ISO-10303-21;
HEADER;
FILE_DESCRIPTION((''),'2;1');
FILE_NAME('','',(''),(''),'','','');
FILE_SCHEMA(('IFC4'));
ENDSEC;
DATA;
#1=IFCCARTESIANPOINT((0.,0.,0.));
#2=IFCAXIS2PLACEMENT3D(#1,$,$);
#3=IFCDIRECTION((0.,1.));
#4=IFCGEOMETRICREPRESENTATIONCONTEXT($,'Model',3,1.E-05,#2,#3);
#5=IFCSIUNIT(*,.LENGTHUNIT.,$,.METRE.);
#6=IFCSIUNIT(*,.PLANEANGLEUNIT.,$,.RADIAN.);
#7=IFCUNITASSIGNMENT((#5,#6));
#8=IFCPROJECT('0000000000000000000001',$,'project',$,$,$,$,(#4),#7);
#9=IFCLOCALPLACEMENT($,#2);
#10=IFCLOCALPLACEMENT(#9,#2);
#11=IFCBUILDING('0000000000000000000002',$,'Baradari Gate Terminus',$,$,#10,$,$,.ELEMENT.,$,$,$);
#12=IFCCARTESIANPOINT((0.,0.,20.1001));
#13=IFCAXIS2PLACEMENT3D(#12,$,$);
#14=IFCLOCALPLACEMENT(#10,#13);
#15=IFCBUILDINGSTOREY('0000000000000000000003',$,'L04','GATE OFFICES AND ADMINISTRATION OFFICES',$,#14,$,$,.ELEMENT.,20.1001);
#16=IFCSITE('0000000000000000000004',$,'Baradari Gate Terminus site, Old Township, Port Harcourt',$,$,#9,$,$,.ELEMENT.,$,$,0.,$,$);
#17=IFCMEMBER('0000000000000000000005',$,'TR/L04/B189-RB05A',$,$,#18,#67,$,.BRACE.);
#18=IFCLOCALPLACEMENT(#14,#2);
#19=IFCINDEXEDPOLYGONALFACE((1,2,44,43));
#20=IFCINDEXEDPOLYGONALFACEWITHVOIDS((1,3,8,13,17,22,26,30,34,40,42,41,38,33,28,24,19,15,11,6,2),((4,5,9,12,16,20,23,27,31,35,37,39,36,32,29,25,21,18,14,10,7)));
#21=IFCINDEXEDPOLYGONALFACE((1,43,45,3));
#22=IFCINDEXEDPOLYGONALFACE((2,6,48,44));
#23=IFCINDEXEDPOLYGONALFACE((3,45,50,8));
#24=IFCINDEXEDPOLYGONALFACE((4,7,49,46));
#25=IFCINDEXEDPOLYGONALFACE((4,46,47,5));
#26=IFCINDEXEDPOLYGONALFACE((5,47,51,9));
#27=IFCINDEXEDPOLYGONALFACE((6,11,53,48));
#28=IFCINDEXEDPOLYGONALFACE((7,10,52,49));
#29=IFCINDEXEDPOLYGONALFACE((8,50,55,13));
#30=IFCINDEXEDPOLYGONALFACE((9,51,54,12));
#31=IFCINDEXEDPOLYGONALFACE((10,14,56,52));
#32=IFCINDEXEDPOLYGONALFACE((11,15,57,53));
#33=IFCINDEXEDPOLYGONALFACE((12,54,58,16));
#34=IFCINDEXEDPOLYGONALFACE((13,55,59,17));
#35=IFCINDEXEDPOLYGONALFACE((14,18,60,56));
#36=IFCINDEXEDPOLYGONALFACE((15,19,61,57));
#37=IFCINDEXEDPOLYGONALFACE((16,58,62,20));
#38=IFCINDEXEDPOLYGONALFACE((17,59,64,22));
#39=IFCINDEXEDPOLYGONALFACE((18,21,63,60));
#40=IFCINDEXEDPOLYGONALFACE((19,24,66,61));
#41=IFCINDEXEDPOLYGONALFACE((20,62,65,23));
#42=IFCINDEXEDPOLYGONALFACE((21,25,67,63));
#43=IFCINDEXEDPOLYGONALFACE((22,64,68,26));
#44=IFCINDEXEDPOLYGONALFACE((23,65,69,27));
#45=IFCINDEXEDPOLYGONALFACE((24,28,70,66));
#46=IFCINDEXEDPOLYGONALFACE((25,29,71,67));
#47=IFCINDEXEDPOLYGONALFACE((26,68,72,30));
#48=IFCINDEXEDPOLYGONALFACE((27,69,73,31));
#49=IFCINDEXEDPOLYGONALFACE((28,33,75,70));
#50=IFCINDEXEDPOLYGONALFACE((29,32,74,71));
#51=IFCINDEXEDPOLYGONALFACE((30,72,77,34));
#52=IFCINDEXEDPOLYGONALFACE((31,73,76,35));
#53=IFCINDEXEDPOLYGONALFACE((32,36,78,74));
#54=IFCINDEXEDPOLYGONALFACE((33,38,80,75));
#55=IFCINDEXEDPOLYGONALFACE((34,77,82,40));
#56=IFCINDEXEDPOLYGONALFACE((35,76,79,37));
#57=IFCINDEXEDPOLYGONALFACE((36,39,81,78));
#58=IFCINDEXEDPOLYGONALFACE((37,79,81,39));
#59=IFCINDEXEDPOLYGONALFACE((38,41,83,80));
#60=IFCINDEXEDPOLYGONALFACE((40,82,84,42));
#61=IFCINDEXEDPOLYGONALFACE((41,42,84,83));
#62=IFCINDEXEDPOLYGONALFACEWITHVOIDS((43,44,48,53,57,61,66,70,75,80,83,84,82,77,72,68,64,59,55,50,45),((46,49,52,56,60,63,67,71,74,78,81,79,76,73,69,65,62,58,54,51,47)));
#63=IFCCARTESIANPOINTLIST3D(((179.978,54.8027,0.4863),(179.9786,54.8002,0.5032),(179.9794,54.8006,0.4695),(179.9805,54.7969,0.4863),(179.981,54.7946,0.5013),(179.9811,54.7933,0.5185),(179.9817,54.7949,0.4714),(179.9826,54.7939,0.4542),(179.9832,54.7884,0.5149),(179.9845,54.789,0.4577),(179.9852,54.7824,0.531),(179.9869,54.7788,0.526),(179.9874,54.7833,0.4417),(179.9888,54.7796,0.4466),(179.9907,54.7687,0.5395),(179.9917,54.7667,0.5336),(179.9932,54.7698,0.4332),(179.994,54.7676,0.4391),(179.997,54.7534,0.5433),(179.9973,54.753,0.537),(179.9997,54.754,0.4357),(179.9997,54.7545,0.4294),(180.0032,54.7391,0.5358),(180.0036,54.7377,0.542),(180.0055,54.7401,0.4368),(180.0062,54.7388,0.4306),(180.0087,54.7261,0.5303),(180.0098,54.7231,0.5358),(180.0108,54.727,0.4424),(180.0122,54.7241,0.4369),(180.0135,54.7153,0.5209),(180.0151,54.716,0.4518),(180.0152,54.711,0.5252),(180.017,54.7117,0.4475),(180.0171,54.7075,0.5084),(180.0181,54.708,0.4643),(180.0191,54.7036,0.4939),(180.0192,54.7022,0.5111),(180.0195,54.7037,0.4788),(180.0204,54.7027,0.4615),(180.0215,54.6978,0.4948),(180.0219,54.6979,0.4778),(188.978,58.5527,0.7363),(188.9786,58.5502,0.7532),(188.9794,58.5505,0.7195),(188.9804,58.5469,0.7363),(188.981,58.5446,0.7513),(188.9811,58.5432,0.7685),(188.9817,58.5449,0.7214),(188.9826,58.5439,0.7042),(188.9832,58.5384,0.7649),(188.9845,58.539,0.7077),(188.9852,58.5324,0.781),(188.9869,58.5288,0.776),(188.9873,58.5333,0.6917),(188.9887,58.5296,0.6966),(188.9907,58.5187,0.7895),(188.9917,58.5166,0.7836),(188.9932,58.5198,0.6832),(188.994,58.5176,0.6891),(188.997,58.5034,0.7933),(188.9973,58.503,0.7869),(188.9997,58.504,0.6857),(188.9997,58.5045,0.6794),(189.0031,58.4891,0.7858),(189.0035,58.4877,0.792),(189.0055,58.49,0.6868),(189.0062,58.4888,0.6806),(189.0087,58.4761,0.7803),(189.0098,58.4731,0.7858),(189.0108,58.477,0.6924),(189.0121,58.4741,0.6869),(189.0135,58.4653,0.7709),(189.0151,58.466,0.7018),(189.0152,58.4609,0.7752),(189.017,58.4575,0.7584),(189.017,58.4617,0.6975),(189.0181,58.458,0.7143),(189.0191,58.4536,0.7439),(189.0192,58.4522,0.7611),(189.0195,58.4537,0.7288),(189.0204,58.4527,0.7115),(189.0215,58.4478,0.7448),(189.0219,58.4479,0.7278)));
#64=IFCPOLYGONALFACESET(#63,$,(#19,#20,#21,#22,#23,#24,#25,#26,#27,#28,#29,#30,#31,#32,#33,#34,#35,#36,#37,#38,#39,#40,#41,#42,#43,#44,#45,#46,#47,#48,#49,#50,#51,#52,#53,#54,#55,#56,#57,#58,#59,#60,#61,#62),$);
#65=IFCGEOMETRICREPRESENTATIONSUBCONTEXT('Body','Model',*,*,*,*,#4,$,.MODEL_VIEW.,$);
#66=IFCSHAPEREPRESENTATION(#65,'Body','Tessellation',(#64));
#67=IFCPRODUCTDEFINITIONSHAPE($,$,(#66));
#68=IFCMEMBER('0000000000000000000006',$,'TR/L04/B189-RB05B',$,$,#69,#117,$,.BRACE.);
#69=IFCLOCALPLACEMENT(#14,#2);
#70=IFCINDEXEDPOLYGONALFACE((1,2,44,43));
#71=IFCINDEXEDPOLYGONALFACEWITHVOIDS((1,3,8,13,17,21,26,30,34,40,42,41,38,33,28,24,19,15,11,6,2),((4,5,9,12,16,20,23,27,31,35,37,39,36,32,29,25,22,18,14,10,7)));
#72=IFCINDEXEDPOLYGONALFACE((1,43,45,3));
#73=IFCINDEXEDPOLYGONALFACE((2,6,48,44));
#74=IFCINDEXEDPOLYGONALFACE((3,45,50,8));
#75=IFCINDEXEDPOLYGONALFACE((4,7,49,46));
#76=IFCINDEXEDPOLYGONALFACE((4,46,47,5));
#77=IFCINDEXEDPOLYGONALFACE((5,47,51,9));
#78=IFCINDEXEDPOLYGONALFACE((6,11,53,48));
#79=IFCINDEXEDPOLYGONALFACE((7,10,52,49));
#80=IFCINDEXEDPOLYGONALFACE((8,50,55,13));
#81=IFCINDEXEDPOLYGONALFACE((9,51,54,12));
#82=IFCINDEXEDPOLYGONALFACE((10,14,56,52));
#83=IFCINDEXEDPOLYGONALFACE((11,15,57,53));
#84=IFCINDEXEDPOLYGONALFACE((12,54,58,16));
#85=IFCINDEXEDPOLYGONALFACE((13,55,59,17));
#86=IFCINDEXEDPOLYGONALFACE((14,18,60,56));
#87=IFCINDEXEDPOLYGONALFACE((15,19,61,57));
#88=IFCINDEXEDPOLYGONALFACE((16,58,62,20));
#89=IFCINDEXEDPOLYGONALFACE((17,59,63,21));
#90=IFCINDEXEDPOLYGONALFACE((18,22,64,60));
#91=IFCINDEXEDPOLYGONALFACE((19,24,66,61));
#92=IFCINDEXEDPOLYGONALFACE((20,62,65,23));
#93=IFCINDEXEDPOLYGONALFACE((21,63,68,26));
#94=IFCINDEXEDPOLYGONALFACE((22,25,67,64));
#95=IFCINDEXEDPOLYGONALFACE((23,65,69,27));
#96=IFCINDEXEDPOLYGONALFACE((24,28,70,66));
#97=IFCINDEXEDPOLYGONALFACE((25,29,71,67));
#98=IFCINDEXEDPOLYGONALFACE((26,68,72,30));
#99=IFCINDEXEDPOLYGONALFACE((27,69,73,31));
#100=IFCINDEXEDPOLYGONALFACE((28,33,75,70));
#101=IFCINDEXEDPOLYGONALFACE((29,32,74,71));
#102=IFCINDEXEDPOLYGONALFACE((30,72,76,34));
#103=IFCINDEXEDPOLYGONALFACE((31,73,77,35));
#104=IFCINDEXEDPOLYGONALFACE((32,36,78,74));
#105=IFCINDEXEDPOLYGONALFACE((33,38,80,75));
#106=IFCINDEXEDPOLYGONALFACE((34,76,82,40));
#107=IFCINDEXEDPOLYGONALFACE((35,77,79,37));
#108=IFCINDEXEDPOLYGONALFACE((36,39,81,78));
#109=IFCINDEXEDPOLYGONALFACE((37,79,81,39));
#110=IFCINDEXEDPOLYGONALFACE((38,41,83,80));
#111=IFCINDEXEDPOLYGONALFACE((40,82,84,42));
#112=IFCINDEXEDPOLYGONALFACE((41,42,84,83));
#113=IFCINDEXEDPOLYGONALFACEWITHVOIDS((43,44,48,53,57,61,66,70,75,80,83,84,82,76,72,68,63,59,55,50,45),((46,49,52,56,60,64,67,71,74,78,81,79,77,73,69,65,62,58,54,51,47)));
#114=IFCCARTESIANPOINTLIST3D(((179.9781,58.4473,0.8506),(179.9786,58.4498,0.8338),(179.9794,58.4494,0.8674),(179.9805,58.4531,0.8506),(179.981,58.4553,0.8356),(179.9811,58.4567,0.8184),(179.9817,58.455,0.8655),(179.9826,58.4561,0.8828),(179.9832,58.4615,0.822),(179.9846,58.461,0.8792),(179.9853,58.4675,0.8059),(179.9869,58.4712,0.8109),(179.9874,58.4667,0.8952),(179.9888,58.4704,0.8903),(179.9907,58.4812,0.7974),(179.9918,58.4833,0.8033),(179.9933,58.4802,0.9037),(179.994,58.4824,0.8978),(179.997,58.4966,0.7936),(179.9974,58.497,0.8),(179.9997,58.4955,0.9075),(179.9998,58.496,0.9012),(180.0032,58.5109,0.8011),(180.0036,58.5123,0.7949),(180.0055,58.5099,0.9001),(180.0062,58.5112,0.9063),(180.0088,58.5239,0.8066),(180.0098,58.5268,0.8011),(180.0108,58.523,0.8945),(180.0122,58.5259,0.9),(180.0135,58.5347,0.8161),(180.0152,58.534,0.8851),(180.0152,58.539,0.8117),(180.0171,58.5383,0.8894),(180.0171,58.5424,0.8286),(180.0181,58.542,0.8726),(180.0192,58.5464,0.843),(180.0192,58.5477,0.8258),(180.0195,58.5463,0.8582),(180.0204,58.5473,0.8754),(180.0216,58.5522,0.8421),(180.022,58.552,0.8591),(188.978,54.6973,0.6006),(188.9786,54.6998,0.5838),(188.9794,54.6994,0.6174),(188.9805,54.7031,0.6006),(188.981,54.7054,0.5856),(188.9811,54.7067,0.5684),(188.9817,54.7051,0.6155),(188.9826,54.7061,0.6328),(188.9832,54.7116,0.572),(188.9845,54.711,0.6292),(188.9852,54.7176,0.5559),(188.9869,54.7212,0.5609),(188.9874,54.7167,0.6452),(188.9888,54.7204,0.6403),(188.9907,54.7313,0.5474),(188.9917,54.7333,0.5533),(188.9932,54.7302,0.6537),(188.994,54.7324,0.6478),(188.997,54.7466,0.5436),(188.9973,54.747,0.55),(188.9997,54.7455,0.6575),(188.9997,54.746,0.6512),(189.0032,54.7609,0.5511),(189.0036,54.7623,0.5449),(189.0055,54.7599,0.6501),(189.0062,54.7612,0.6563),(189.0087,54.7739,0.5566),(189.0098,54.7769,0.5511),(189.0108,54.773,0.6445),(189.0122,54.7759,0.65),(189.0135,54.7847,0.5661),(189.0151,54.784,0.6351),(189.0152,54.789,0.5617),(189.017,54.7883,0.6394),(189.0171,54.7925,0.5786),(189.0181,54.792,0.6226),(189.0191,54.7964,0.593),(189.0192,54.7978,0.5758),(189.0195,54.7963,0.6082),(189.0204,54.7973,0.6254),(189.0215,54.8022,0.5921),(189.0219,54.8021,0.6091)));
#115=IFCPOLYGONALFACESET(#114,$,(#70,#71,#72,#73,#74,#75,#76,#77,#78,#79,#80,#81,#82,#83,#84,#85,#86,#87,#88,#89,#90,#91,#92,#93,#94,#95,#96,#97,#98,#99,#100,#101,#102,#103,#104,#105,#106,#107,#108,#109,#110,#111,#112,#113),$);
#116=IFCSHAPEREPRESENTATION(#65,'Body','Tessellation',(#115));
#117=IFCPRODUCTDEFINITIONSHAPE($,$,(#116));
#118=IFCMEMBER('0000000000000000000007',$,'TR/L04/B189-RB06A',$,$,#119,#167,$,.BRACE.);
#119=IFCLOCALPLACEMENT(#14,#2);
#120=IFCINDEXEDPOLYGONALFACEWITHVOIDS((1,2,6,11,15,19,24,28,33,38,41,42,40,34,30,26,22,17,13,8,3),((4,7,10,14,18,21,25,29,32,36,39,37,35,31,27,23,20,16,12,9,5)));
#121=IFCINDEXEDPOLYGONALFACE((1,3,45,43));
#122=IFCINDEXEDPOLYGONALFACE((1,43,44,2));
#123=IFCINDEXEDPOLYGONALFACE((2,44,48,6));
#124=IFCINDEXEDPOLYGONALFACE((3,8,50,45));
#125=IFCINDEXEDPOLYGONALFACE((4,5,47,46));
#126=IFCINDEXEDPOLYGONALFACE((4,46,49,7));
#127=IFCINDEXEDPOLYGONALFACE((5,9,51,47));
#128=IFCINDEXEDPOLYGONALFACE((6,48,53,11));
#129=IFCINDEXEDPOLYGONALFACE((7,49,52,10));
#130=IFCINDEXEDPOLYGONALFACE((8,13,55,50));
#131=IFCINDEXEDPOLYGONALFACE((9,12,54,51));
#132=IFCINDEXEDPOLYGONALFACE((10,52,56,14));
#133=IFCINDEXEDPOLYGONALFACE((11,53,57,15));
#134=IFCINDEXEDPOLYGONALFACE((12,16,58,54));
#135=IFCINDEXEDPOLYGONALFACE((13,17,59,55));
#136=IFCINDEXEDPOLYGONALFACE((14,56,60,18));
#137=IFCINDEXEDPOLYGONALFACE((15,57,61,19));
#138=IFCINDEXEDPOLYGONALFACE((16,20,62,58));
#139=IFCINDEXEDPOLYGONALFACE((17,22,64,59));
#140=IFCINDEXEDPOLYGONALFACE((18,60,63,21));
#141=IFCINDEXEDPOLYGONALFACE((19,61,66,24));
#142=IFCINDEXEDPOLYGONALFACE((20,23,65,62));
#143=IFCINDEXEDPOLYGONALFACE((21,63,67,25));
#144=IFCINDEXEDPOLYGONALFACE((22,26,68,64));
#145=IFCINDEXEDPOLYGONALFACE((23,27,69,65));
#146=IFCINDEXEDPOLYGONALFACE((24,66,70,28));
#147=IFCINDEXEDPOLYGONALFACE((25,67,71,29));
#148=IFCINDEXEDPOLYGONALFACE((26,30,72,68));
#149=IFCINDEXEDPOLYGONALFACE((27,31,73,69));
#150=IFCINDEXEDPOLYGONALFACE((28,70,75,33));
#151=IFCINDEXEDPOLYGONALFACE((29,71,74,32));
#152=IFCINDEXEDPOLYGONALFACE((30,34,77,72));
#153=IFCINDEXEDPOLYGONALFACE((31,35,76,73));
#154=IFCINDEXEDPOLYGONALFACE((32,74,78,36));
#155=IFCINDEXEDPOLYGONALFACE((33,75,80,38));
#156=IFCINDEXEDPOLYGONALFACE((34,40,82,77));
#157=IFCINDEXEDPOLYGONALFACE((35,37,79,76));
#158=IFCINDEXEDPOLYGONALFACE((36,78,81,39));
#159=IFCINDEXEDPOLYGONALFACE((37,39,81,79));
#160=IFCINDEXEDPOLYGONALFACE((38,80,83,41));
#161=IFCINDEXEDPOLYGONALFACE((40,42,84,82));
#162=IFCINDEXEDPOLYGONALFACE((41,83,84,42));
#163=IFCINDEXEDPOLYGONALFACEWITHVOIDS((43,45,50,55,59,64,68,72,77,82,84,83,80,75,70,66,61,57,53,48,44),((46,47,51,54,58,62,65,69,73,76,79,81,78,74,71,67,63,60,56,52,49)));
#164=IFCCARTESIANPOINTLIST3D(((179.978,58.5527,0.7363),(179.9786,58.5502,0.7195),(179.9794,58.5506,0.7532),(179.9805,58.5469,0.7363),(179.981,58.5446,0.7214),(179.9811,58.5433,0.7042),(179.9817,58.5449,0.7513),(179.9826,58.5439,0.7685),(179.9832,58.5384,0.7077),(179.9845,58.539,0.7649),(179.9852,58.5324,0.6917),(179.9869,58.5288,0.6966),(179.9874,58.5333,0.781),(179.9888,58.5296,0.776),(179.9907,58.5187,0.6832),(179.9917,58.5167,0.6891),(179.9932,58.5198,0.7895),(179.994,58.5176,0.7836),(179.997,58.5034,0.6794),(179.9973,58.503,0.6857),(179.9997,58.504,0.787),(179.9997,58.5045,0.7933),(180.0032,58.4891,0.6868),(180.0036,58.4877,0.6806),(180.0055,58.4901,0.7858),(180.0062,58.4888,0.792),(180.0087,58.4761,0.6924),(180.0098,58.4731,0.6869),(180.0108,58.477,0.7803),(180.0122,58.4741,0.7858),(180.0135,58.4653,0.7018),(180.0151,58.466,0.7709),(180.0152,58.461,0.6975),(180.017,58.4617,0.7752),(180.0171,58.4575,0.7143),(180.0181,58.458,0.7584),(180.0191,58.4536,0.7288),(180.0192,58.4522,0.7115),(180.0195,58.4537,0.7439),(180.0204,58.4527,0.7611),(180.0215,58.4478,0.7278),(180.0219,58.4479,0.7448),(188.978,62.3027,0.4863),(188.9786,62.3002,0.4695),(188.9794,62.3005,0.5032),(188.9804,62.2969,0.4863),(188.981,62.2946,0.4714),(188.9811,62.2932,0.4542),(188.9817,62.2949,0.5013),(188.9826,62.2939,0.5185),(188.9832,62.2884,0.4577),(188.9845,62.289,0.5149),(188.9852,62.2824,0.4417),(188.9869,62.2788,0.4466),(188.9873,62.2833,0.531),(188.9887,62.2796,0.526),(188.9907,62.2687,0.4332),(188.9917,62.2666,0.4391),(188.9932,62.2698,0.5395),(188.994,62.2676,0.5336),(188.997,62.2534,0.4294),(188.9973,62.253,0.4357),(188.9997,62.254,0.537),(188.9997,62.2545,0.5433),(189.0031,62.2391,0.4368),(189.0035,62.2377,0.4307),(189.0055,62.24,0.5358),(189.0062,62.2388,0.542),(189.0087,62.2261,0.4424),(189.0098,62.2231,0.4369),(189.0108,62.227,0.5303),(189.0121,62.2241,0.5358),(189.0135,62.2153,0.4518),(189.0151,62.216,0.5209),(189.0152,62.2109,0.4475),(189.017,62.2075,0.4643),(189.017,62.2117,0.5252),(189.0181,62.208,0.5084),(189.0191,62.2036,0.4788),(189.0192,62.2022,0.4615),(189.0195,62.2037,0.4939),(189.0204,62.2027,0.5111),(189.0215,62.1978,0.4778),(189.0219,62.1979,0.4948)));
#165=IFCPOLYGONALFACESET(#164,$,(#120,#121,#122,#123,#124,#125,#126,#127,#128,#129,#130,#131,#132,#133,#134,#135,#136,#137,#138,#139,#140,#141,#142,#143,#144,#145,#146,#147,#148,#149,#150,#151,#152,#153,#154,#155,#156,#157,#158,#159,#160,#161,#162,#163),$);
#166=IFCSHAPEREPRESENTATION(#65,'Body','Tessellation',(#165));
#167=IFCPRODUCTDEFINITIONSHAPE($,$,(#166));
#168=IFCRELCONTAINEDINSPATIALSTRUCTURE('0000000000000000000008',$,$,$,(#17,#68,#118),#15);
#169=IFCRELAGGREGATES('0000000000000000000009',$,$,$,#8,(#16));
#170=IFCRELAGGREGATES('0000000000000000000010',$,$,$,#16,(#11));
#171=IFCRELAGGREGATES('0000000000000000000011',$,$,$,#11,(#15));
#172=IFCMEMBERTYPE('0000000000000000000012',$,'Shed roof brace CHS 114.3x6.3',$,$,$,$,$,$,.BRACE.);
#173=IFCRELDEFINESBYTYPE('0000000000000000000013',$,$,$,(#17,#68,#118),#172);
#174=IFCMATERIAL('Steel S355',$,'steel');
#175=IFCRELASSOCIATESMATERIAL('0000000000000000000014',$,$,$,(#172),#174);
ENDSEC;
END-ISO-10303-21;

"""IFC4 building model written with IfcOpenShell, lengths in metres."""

from ifc_helpers import new_model, si_unit, direction, frame, origin, origin_2d, place, context, subcontext, project, spatial, hollow_circle, extrude, material, material_profile, profile_set, type_object, element, save


model = new_model("IFC4")

# Units and contexts
model_context = context("Model", 3, precision=1e-05, world=origin(), true_north=direction((0.0, 1.0)))
body_context = subcontext(model_context, "Body", "Model", "MODEL_VIEW")
ifc_project = project(units=[si_unit("LENGTHUNIT", "METRE"), si_unit("PLANEANGLEUNIT", "RADIAN")], contexts=[model_context])

# Site, building, storey
site_placement = place(None, origin())
site = spatial("IfcSite", under=ifc_project, at=site_placement, Name="Baradari Gate Terminus site, Old Township, Port Harcourt", CompositionType="ELEMENT", RefElevation=0.0)
building_placement = place(site_placement, origin())
building = spatial("IfcBuilding", under=site, at=building_placement, Name="Baradari Gate Terminus", CompositionType="ELEMENT")
storey_placement = place(building_placement, frame((0.0, 0.0, 20.1001)))
storey = spatial("IfcBuildingStorey", under=building, at=storey_placement, Name="L04", Description="GATE OFFICES AND ADMINISTRATION OFFICES", CompositionType="ELEMENT", Elevation=20.1001)

# Members
ifc_material_1 = material(Name="Steel S355", Category="steel")
ifc_material_profile_1 = material_profile(ifc_material_1, hollow_circle(Radius=0.0571, WallThickness=0.0063, at=origin_2d()), Name="CHS 114.3x6.3")
ifc_profile_set_1 = profile_set([ifc_material_profile_1], Name="Steel S355")
member_type_1 = type_object("IfcMemberType", Name="Shed roof brace CHS 114.3x6.3", PredefinedType="BRACE", material=ifc_profile_set_1)
for number, where, z_axis, x_axis, name in (
    (1, (180.0, 54.75, 0.4863), (0.922774, 0.384489, 0.025633), (-0.384615, 0.923077, 0.0), "TR/L04/B189-RB05A"),
    (2, (189.0, 54.75, 0.6006), (-0.922774, 0.384489, 0.025633), (-0.384615, -0.923077, 0.0), "TR/L04/B189-RB05B"),
    (3, (180.0, 58.5, 0.7363), (0.922774, 0.384489, -0.025633), (-0.384615, 0.923077, 0.0), "TR/L04/B189-RB06A"),
):
    element("IfcMember", number, at=place(storey_placement, frame(where, z_axis=z_axis, x_axis=x_axis)), inside=storey, type_object=member_type_1, Name=name, PredefinedType="BRACE", context=body_context, shape_type="SweptSolid", body=[
        extrude(hollow_circle(Radius=0.0571, WallThickness=0.0063, at=origin_2d()), origin(), (0.0, 0.0, 1.0), 9.7532),
    ])

save(model, "model.ifc")
